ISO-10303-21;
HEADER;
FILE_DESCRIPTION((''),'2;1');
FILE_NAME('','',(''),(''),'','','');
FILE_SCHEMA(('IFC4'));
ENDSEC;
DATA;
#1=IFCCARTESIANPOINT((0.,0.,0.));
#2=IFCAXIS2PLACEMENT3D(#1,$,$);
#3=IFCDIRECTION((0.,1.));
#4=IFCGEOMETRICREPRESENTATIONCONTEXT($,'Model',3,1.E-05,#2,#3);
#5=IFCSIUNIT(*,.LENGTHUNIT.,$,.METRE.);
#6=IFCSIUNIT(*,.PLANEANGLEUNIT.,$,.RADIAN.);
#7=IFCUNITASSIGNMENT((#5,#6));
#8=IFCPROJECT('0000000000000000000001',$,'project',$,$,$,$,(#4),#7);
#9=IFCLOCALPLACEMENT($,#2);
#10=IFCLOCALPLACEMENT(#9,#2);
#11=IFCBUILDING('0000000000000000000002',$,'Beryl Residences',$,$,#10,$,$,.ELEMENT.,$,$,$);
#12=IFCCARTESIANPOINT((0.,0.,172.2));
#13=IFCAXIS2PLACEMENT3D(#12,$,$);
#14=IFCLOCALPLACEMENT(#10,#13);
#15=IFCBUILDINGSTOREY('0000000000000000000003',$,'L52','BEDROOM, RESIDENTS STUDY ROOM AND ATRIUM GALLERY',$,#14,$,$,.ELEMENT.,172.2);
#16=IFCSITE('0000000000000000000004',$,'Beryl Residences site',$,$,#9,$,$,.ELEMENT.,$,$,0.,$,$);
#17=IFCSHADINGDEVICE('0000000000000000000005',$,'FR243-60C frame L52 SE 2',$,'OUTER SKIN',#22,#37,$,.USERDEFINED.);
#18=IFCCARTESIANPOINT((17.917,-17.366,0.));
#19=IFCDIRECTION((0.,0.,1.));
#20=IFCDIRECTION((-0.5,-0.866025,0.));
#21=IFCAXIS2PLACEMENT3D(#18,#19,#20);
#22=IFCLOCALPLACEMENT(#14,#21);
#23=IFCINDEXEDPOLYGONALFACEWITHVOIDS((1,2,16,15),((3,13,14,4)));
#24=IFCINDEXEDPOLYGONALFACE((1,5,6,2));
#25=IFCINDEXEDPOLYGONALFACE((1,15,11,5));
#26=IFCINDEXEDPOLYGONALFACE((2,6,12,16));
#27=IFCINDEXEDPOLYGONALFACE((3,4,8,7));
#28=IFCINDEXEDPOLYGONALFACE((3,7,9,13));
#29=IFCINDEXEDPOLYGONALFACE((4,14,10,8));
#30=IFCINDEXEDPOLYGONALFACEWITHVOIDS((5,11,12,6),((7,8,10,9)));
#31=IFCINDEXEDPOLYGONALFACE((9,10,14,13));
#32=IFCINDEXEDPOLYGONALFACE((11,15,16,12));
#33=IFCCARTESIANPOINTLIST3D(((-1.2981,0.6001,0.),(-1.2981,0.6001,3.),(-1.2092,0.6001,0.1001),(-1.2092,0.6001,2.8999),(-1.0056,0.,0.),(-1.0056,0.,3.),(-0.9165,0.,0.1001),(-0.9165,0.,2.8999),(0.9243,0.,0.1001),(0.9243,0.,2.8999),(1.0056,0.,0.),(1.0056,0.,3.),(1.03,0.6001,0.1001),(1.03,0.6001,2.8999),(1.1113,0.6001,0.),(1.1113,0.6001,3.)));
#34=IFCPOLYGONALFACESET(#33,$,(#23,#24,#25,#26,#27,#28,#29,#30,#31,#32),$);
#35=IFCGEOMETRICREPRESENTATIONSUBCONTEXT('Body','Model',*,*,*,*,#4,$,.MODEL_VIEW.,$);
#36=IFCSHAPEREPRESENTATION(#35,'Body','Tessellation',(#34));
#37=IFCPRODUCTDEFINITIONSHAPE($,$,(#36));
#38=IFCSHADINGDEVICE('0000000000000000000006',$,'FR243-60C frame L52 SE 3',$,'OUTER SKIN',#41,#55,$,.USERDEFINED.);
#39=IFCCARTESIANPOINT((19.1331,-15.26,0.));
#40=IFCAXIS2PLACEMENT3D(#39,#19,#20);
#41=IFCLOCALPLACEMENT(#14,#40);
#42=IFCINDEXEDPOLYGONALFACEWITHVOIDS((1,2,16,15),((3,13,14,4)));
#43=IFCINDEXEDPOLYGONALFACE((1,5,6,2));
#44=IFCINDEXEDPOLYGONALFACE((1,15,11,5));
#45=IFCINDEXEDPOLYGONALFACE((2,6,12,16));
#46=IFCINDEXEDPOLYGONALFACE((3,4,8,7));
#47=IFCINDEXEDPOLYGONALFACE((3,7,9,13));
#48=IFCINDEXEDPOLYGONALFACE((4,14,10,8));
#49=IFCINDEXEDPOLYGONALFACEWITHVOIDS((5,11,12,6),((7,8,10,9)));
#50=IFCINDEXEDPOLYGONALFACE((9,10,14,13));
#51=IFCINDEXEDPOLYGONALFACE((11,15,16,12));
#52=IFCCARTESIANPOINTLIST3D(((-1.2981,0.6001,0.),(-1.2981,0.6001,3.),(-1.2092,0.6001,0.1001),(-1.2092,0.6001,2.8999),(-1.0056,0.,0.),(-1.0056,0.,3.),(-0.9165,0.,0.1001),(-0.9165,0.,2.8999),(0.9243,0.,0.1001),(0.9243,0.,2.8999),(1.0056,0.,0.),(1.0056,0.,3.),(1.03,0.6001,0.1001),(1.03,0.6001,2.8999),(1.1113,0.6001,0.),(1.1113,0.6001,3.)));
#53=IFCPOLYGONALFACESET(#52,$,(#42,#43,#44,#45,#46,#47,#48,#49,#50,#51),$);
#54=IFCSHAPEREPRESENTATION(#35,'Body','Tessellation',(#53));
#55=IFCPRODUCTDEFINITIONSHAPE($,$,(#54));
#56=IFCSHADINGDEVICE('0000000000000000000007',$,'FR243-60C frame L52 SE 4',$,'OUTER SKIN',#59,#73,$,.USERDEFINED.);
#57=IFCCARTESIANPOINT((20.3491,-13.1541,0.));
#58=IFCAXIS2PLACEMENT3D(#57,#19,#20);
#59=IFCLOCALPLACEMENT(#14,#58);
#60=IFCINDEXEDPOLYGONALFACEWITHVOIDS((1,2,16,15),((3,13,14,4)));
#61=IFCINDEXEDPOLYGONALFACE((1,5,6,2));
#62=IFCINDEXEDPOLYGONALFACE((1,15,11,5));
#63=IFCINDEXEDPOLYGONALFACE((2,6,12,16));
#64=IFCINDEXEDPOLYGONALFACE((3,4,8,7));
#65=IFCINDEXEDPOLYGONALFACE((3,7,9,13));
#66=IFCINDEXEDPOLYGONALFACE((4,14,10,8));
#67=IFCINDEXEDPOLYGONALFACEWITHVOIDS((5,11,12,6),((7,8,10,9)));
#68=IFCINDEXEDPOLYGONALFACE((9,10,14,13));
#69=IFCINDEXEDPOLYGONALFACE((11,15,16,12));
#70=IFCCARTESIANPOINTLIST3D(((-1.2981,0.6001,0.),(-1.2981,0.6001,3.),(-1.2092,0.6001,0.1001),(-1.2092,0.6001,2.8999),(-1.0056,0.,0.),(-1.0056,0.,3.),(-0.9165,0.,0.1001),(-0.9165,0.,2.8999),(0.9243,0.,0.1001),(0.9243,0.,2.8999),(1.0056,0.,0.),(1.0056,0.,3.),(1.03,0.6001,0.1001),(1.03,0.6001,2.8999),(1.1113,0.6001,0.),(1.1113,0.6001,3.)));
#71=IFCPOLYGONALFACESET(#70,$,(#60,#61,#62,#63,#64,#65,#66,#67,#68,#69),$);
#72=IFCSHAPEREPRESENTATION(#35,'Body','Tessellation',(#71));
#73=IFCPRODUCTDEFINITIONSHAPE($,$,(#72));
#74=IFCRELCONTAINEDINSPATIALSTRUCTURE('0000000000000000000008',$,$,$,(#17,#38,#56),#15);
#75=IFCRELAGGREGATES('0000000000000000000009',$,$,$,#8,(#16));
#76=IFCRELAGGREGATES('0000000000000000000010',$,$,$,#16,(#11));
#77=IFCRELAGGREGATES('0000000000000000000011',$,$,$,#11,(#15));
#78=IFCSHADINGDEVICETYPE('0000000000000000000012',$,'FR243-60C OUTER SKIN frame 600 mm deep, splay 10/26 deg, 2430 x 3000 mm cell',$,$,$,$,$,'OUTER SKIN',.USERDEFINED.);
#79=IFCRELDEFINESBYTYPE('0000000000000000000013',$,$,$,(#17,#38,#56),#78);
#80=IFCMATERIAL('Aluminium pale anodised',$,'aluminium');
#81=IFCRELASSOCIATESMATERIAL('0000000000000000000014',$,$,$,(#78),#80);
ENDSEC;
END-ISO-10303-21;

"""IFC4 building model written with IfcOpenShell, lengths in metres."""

from ifc_helpers import new_model, entity, si_unit, direction, frame, origin, place, context, subcontext, project, spatial, source, transform, mapped, material, type_object, type_shapes, element, save


model = new_model("IFC4")

# Units and contexts
model_context = context("Model", 3, precision=1e-05, world=origin(), true_north=direction((0.0, 1.0)))
body_context = subcontext(model_context, "Body", "Model", "MODEL_VIEW")
ifc_project = project(units=[si_unit("LENGTHUNIT", "METRE"), si_unit("PLANEANGLEUNIT", "RADIAN")], contexts=[model_context])

# Site, building, storey
site_placement = place(None, origin())
site = spatial("IfcSite", under=ifc_project, at=site_placement, Name="Beryl Residences site", CompositionType="ELEMENT", RefElevation=0.0)
building_placement = place(site_placement, origin())
building = spatial("IfcBuilding", under=site, at=building_placement, Name="Beryl Residences", CompositionType="ELEMENT")
storey_placement = place(building_placement, frame((0.0, 0.0, 172.2)))
storey = spatial("IfcBuildingStorey", under=building, at=storey_placement, Name="L52", Description="BEDROOM, RESIDENTS STUDY ROOM AND ATRIUM GALLERY", CompositionType="ELEMENT", Elevation=172.2)

# Shading devices
ifc_material_1 = material(Name="Aluminium pale anodised", Category="aluminium")
shading_device_type = type_object("IfcShadingDeviceType", Name="FR243-60C OUTER SKIN frame 600 mm deep, splay 10/26 deg, 2430 x 3000 mm cell", ElementType="OUTER SKIN", PredefinedType="USERDEFINED", material=ifc_material_1)
cartesian_point_1 = entity("IfcCartesianPoint", [-1.0056, 0.0])
cartesian_point_2 = entity("IfcCartesianPoint", [-0.9243, 0.1001])
cartesian_point_3 = entity("IfcCartesianPoint", [-1.1113, 0.0])
cartesian_point_4 = entity("IfcCartesianPoint", [-1.03, 0.1001])
shared_shape = source(origin(), body_context, "Body", "SweptSolid", [
    entity("IfcExtrudedAreaSolidTapered", entity("IfcArbitraryProfileDefWithVoids", "AREA", None, entity("IfcPolyline", [cartesian_point_1, entity("IfcCartesianPoint", [1.0056, 0.0]), entity("IfcCartesianPoint", [1.0056, 3.0]), entity("IfcCartesianPoint", [-1.0056, 3.0]), cartesian_point_1]), [entity("IfcPolyline", [cartesian_point_2, entity("IfcCartesianPoint", [0.9165, 0.1001]), entity("IfcCartesianPoint", [0.9165, 2.8999]), entity("IfcCartesianPoint", [-0.9243, 2.8999]), cartesian_point_2])]), entity("IfcAxis2Placement3D", entity("IfcCartesianPoint", [0.0, 0.0, 0.0]), entity("IfcDirection", [0.0, 1.0, 0.0]), entity("IfcDirection", [-1.0, 0.0, 0.0])), entity("IfcDirection", [0.0, 0.0, 1.0]), 0.6001, entity("IfcArbitraryProfileDefWithVoids", "AREA", None, entity("IfcPolyline", [cartesian_point_3, entity("IfcCartesianPoint", [1.2981, 0.0]), entity("IfcCartesianPoint", [1.2981, 3.0]), entity("IfcCartesianPoint", [-1.1113, 3.0]), cartesian_point_3]), [entity("IfcPolyline", [cartesian_point_4, entity("IfcCartesianPoint", [1.2092, 0.1001]), entity("IfcCartesianPoint", [1.2092, 2.8999]), entity("IfcCartesianPoint", [-1.03, 2.8999]), cartesian_point_4])])),
])
type_shapes(shading_device_type, [shared_shape])
for number, where, z_axis, x_axis, name in (
    (1, (17.917, -17.366, 0.0), (0.0, 0.0, 1.0), (-0.5, -0.866025, 0.0), "FR243-60C frame L52 SE 2"),
    (2, (19.1331, -15.26, 0.0), (0.0, 0.0, 1.0), (-0.5, -0.866025, 0.0), "FR243-60C frame L52 SE 3"),
    (3, (20.3491, -13.1541, 0.0), (0.0, 0.0, 1.0), (-0.5, -0.866025, 0.0), "FR243-60C frame L52 SE 4"),
):
    element("IfcShadingDevice", number, at=place(storey_placement, frame(where, z_axis=z_axis, x_axis=x_axis)), inside=storey, type_object=shading_device_type, Name=name, ObjectType="OUTER SKIN", PredefinedType="USERDEFINED", context=body_context, shape_type="MappedRepresentation", body=[
        mapped(shared_shape, transform((0.0, 0.0, 0.0))),
    ])

save(model, "model.ifc")
